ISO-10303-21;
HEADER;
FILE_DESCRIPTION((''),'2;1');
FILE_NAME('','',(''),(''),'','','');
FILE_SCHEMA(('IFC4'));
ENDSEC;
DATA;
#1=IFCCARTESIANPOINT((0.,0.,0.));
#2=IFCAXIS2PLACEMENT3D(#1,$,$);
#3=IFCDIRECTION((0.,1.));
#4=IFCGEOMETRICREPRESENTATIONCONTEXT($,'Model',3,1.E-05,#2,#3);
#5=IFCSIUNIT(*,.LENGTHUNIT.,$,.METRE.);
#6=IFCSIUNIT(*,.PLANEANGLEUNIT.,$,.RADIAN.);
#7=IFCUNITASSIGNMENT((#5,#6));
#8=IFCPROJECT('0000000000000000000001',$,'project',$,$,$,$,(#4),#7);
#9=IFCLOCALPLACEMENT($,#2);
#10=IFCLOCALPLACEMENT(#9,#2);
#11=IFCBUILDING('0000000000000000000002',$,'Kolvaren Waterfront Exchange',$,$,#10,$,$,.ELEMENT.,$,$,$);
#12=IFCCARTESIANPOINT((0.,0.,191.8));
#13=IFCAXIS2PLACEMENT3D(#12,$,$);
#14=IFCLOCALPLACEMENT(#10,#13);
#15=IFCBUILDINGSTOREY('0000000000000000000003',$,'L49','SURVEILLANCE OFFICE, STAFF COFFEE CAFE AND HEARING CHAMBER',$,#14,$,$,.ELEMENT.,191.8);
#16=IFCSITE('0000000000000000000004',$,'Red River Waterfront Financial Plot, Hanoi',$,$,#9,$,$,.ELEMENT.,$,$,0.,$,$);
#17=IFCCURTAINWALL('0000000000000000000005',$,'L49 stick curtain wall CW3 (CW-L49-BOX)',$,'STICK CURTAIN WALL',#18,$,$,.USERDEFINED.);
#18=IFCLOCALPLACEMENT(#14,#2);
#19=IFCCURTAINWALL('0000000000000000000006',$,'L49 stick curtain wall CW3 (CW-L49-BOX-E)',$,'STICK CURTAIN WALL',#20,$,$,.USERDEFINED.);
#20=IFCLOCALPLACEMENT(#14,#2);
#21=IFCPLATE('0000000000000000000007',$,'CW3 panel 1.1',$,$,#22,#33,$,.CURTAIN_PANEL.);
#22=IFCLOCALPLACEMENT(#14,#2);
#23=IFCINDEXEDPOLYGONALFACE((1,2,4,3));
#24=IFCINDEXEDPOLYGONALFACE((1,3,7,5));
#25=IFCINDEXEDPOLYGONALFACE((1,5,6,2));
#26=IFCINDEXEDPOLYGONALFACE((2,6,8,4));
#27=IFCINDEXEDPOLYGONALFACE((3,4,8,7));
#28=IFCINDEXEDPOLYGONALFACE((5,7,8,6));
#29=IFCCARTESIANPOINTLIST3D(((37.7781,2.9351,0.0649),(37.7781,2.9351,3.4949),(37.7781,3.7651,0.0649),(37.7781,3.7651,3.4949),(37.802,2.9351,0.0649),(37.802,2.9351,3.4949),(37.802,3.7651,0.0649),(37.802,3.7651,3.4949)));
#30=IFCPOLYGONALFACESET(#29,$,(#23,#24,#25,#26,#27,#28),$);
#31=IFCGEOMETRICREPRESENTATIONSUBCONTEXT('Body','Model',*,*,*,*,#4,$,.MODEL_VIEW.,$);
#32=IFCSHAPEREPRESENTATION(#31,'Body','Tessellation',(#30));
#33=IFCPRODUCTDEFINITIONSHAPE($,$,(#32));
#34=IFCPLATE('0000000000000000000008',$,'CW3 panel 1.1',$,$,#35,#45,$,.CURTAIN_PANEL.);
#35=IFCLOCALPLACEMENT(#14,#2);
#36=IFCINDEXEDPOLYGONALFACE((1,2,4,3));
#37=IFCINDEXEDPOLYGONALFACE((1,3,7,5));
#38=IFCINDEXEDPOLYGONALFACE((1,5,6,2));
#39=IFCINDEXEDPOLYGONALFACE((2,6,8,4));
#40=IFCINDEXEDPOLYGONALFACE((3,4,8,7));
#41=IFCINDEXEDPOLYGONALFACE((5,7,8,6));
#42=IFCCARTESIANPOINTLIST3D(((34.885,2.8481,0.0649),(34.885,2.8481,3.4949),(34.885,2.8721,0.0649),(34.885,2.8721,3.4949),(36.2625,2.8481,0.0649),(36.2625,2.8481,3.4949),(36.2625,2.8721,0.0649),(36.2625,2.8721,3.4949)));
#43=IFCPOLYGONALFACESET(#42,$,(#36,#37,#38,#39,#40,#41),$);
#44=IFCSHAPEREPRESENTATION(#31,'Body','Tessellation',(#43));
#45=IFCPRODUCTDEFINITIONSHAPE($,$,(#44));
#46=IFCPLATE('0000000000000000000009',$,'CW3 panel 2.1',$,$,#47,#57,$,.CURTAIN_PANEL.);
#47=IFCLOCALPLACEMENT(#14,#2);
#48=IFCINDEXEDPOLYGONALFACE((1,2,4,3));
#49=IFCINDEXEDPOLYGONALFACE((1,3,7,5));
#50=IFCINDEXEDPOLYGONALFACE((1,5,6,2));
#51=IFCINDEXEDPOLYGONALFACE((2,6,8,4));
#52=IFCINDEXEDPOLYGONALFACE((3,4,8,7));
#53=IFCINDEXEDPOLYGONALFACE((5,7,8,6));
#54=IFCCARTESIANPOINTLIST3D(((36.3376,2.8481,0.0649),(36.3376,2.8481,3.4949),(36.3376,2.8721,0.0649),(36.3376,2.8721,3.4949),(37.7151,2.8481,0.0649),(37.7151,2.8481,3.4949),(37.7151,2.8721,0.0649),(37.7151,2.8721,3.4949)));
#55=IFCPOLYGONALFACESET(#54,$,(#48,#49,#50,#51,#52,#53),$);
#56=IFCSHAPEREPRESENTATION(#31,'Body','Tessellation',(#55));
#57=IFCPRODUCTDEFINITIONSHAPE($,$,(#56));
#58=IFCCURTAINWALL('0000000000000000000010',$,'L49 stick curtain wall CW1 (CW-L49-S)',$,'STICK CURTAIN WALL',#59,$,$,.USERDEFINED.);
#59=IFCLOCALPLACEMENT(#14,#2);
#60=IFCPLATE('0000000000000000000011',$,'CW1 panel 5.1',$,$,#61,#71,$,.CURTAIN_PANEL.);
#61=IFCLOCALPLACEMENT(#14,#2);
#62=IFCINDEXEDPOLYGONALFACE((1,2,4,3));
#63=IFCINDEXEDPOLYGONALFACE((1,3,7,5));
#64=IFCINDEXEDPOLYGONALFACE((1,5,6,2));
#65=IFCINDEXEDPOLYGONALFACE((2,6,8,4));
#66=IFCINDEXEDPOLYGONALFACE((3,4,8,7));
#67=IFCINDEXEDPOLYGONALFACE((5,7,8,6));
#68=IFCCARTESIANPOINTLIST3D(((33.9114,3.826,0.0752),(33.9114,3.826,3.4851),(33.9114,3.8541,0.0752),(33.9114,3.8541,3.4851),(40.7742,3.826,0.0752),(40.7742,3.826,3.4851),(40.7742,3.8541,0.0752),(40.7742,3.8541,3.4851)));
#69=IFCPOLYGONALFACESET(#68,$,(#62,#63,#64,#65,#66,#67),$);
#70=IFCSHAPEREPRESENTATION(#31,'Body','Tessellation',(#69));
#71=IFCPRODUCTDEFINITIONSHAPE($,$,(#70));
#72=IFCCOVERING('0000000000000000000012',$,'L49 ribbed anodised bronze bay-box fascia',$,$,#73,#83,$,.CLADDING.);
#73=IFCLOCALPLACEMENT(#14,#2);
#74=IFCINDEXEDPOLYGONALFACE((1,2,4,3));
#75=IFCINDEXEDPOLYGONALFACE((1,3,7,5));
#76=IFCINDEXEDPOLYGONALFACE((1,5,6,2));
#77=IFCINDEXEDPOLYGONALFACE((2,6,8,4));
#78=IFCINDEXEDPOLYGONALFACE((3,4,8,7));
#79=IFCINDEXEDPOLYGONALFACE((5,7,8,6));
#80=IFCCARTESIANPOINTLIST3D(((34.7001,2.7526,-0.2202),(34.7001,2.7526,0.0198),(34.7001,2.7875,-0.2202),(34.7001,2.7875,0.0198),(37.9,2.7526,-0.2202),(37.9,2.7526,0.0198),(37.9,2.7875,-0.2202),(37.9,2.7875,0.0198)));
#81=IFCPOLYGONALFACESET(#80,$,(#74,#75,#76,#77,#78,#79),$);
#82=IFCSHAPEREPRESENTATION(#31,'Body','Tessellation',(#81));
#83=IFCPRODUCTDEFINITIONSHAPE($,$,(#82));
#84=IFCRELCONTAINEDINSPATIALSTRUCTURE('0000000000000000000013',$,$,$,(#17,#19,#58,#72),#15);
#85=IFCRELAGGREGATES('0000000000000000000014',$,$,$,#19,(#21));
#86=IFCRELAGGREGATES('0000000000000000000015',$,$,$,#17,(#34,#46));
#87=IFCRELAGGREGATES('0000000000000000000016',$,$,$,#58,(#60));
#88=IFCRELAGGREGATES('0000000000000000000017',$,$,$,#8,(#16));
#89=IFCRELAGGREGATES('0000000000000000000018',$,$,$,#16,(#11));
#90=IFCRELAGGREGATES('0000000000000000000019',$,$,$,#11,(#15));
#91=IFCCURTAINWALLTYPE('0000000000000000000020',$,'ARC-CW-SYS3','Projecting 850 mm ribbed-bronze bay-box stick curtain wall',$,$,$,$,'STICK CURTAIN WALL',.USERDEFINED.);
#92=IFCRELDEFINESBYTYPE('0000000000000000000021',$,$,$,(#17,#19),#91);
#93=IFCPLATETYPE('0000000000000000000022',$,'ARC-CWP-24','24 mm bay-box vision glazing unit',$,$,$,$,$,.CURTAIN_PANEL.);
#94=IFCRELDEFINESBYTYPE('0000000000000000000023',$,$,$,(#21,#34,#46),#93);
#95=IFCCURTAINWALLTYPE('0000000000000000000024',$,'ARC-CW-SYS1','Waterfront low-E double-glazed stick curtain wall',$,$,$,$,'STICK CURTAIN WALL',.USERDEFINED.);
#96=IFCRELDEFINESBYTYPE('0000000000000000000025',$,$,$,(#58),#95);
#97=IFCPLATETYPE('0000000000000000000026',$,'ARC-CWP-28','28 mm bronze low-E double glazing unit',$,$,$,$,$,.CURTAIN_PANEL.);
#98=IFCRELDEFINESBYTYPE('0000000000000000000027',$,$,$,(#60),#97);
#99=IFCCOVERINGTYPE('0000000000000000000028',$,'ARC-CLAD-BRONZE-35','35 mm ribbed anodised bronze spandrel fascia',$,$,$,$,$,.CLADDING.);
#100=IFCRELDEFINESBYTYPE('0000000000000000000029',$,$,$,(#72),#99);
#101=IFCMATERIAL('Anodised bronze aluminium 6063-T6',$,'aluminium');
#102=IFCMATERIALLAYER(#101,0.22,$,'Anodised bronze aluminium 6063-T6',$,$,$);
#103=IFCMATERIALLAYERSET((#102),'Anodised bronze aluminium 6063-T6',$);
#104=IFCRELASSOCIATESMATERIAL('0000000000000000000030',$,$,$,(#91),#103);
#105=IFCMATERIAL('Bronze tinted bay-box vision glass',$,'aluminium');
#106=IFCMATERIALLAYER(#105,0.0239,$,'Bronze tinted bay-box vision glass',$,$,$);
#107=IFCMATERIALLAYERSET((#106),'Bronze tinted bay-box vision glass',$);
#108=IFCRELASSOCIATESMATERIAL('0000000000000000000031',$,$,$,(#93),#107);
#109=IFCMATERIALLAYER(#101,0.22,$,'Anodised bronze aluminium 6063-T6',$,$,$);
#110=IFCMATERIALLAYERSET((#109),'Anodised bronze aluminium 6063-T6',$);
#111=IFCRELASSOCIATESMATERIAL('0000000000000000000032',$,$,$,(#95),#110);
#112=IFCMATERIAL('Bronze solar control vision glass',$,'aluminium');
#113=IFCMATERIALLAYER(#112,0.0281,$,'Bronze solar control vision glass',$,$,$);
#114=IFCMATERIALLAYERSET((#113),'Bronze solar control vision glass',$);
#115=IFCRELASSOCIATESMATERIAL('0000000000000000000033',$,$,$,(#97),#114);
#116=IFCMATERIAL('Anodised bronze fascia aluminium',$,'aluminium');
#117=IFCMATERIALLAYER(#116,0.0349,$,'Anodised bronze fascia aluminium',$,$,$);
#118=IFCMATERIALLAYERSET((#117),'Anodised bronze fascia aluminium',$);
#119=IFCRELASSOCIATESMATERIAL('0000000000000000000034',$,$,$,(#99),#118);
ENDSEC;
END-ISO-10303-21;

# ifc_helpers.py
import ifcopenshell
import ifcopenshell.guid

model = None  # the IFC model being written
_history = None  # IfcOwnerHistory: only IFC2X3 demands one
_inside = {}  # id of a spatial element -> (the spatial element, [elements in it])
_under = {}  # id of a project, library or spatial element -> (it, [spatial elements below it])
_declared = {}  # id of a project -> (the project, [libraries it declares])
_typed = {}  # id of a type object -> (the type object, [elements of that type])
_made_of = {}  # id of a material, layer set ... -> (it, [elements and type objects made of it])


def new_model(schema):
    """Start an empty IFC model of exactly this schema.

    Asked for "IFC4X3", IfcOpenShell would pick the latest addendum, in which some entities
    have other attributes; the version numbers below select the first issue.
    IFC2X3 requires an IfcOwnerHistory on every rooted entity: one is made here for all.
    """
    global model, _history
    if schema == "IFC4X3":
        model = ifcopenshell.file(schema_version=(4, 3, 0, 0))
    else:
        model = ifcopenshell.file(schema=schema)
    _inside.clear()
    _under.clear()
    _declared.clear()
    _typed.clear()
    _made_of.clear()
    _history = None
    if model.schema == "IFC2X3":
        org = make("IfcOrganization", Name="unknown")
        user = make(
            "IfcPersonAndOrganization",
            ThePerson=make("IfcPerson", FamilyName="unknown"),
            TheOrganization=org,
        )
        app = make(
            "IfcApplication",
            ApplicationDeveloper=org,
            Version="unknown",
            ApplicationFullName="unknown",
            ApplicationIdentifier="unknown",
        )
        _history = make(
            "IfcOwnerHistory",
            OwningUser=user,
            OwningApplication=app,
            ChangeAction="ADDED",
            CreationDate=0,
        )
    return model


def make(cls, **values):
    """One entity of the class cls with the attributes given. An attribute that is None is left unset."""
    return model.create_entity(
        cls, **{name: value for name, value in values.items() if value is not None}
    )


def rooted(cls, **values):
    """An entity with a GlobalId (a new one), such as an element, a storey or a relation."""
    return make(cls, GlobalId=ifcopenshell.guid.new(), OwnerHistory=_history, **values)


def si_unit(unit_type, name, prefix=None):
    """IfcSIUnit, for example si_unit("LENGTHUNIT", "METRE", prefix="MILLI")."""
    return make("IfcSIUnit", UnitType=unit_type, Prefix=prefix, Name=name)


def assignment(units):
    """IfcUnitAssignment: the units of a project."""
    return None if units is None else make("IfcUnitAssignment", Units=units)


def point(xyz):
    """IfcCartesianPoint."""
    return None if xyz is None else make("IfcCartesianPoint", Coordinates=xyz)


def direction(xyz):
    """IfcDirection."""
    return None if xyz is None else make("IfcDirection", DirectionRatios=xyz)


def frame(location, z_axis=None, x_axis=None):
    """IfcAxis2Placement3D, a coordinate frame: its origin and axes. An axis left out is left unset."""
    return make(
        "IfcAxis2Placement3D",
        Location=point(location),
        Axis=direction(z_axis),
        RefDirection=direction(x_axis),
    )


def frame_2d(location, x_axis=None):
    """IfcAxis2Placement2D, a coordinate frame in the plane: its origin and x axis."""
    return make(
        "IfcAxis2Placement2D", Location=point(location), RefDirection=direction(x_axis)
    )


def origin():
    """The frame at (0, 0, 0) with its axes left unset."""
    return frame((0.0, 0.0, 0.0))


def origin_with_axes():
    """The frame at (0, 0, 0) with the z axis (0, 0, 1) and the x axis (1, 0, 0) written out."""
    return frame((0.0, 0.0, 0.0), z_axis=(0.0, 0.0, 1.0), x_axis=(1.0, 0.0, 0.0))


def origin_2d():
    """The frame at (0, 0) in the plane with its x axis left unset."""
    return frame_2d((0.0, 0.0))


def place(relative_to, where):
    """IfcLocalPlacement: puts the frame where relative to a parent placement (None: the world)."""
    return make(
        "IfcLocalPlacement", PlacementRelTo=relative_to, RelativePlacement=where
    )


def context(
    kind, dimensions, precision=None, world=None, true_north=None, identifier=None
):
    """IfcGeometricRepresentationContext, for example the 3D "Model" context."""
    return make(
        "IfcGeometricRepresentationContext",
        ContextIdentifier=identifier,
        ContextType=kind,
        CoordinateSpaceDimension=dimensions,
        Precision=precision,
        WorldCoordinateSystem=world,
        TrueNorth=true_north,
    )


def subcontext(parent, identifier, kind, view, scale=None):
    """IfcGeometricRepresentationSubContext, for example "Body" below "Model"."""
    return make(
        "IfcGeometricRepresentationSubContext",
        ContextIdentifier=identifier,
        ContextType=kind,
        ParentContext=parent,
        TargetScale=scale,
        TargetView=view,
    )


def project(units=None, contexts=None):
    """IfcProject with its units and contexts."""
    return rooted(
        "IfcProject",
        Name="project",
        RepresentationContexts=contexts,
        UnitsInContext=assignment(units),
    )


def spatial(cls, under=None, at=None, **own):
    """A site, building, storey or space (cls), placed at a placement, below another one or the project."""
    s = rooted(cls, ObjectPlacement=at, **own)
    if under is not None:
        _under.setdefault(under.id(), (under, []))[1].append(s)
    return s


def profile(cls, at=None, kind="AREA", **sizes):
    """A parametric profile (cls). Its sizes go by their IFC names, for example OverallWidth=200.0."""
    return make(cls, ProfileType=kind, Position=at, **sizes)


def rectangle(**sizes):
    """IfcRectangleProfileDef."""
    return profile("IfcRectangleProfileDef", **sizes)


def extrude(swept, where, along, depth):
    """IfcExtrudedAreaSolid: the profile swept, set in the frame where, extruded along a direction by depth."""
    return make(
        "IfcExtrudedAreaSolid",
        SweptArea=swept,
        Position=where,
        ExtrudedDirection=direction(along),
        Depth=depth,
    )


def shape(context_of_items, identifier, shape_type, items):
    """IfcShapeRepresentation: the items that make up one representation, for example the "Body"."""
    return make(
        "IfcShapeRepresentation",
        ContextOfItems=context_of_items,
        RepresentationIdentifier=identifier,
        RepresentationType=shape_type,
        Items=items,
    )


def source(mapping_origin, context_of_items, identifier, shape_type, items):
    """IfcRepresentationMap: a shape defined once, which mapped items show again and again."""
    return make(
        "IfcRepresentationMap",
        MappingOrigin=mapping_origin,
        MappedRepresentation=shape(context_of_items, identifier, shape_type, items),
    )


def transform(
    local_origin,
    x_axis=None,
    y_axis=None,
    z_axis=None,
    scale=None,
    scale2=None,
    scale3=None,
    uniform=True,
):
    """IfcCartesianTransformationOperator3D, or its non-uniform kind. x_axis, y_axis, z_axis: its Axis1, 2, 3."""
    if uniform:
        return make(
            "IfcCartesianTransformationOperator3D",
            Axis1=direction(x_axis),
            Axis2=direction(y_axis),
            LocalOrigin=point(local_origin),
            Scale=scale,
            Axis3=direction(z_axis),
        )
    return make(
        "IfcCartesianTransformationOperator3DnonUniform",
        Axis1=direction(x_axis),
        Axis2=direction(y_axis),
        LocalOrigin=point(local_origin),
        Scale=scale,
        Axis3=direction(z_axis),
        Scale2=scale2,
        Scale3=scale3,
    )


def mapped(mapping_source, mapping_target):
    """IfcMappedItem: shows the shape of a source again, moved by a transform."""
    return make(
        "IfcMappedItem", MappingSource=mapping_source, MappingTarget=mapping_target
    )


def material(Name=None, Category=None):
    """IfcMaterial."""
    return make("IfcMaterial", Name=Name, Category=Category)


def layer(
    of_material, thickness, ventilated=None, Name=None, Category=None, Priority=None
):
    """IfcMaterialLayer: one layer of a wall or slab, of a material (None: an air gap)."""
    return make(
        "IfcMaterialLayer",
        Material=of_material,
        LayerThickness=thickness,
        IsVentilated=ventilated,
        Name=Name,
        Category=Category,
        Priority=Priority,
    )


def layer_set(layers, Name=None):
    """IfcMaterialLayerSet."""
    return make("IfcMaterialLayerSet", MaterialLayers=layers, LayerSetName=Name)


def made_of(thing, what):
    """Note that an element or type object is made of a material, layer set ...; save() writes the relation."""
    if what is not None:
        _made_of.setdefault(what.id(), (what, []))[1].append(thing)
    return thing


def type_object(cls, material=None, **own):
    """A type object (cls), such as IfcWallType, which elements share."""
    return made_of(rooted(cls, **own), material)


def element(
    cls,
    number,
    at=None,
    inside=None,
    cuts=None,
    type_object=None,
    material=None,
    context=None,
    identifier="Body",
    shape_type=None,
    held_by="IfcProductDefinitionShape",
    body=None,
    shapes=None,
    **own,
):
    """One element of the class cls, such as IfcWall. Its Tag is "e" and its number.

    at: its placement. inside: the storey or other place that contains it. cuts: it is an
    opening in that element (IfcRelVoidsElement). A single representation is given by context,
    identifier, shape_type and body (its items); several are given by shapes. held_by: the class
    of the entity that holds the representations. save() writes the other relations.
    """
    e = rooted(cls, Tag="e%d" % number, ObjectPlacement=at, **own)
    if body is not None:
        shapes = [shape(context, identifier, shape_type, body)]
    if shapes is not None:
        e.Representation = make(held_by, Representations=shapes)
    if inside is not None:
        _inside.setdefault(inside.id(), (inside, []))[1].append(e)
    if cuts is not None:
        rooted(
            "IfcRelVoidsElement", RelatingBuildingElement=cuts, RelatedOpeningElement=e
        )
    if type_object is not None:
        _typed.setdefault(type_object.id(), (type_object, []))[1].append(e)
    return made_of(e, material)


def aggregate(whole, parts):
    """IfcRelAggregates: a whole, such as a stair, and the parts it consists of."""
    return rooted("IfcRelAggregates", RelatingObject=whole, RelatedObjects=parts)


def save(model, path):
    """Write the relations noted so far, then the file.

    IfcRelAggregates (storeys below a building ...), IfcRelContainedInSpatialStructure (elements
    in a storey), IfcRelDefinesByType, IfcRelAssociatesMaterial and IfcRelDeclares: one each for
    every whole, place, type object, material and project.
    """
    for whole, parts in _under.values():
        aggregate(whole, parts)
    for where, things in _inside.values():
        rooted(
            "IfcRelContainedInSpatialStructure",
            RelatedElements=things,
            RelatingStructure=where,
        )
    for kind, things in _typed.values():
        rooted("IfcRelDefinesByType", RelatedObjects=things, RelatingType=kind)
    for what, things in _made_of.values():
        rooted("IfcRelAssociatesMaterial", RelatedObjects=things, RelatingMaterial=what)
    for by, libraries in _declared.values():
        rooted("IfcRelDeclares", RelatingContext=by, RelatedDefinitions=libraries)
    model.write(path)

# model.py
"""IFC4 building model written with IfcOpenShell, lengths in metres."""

from ifc_helpers import new_model, si_unit, direction, frame, origin, origin_with_axes, origin_2d, place, context, subcontext, project, spatial, rectangle, extrude, source, transform, mapped, material, layer, layer_set, type_object, element, aggregate, save


model = new_model("IFC4")

# Units and contexts
model_context = context("Model", 3, precision=1e-05, world=origin(), true_north=direction((0.0, 1.0)))
body_context = subcontext(model_context, "Body", "Model", "MODEL_VIEW")
ifc_project = project(units=[si_unit("LENGTHUNIT", "METRE"), si_unit("PLANEANGLEUNIT", "RADIAN")], contexts=[model_context])

# Site, building, storey
site_placement = place(None, origin())
site = spatial("IfcSite", under=ifc_project, at=site_placement, Name="Red River Waterfront Financial Plot, Hanoi", CompositionType="ELEMENT", RefElevation=0.0)
building_placement = place(site_placement, origin())
building = spatial("IfcBuilding", under=site, at=building_placement, Name="Kolvaren Waterfront Exchange", CompositionType="ELEMENT")
storey_placement = place(building_placement, frame((0.0, 0.0, 191.8)))
storey = spatial("IfcBuildingStorey", under=building, at=storey_placement, Name="L49", Description="SURVEILLANCE OFFICE, STAFF COFFEE CAFE AND HEARING CHAMBER", CompositionType="ELEMENT", Elevation=191.8)

# Curtain walls
ifc_material_1 = material(Name="Anodised bronze aluminium 6063-T6", Category="aluminium")
ifc_layer_1 = layer(ifc_material_1, 0.22, Name="Anodised bronze aluminium 6063-T6")
ifc_layer_set_1 = layer_set([ifc_layer_1], Name="Anodised bronze aluminium 6063-T6")
curtain_wall_type_1 = type_object("IfcCurtainWallType", Name="ARC-CW-SYS3", Description="Projecting 850 mm ribbed-bronze bay-box stick curtain wall", ElementType="STICK CURTAIN WALL", PredefinedType="USERDEFINED", material=ifc_layer_set_1)
curtain_wall_1_placement = place(storey_placement, origin())
curtain_wall_1 = element("IfcCurtainWall", 1, at=curtain_wall_1_placement, inside=storey, type_object=curtain_wall_type_1, Name="L49 stick curtain wall CW3 (CW-L49-BOX)", ObjectType="STICK CURTAIN WALL", PredefinedType="USERDEFINED")
curtain_wall_2_placement = place(storey_placement, origin())
curtain_wall_2 = element("IfcCurtainWall", 2, at=curtain_wall_2_placement, inside=storey, type_object=curtain_wall_type_1, Name="L49 stick curtain wall CW3 (CW-L49-BOX-E)", ObjectType="STICK CURTAIN WALL", PredefinedType="USERDEFINED")

# Plates
ifc_material_2 = material(Name="Bronze tinted bay-box vision glass", Category="aluminium")
ifc_layer_2 = layer(ifc_material_2, 0.0239, Name="Bronze tinted bay-box vision glass")
ifc_layer_set_2 = layer_set([ifc_layer_2], Name="Bronze tinted bay-box vision glass")
plate_type_1 = type_object("IfcPlateType", Name="ARC-CWP-24", Description="24 mm bay-box vision glazing unit", PredefinedType="CURTAIN_PANEL", material=ifc_layer_set_2)
shared_shape_1 = source(origin_with_axes(), body_context, "Body", "SweptSolid", [
    extrude(rectangle(XDim=0.8301, YDim=0.0239, at=origin_2d()), origin(), (0.0, 0.0, 1.0), 3.4299),
])
plate_1_placement = place(storey_placement, frame((37.79, 3.3501, 0.0649), z_axis=(0.0, 0.0, 1.0), x_axis=(0.0, 1.0, 0.0)))
plate_1 = element("IfcPlate", 3, at=plate_1_placement, type_object=plate_type_1, Name="CW3 panel 1.1", PredefinedType="CURTAIN_PANEL", context=body_context, shape_type="MappedRepresentation", body=[
    mapped(shared_shape_1, transform((0.0, 0.0, 0.0), x_axis=(1.0, 0.0, 0.0), y_axis=(0.0, 1.0, 0.0), z_axis=(0.0, 0.0, 1.0), scale=1.0)),
])
aggregate(curtain_wall_2, [plate_1])
shared_shape_2 = source(origin_with_axes(), body_context, "Body", "SweptSolid", [
    extrude(rectangle(XDim=1.3774, YDim=0.0239, at=origin_2d()), origin(), (0.0, 0.0, 1.0), 3.4299),
])
plate_2_placement = place(storey_placement, frame((35.5737, 2.8601, 0.0649), z_axis=(0.0, 0.0, 1.0), x_axis=(1.0, 0.0, 0.0)))
plate_2 = element("IfcPlate", 4, at=plate_2_placement, type_object=plate_type_1, Name="CW3 panel 1.1", PredefinedType="CURTAIN_PANEL", context=body_context, shape_type="MappedRepresentation", body=[
    mapped(shared_shape_2, transform((0.0, 0.0, 0.0), x_axis=(1.0, 0.0, 0.0), y_axis=(0.0, 1.0, 0.0), z_axis=(0.0, 0.0, 1.0), scale=1.0)),
])
plate_3_placement = place(storey_placement, frame((37.0264, 2.8601, 0.0649), z_axis=(0.0, 0.0, 1.0), x_axis=(1.0, 0.0, 0.0)))
plate_3 = element("IfcPlate", 5, at=plate_3_placement, type_object=plate_type_1, Name="CW3 panel 2.1", PredefinedType="CURTAIN_PANEL", context=body_context, shape_type="MappedRepresentation", body=[
    mapped(shared_shape_2, transform((0.0, 0.0, 0.0), x_axis=(1.0, 0.0, 0.0), y_axis=(0.0, 1.0, 0.0), z_axis=(0.0, 0.0, 1.0), scale=1.0)),
])
aggregate(curtain_wall_1, [plate_2, plate_3])

# Curtain wall, plate
ifc_layer_3 = layer(ifc_material_1, 0.22, Name="Anodised bronze aluminium 6063-T6")
ifc_layer_set_3 = layer_set([ifc_layer_3], Name="Anodised bronze aluminium 6063-T6")
curtain_wall_type_2 = type_object("IfcCurtainWallType", Name="ARC-CW-SYS1", Description="Waterfront low-E double-glazed stick curtain wall", ElementType="STICK CURTAIN WALL", PredefinedType="USERDEFINED", material=ifc_layer_set_3)
curtain_wall_3_placement = place(storey_placement, origin())
curtain_wall_3 = element("IfcCurtainWall", 6, at=curtain_wall_3_placement, inside=storey, type_object=curtain_wall_type_2, Name="L49 stick curtain wall CW1 (CW-L49-S)", ObjectType="STICK CURTAIN WALL", PredefinedType="USERDEFINED")
ifc_material_3 = material(Name="Bronze solar control vision glass", Category="aluminium")
ifc_layer_4 = layer(ifc_material_3, 0.0281, Name="Bronze solar control vision glass")
ifc_layer_set_4 = layer_set([ifc_layer_4], Name="Bronze solar control vision glass")
plate_type_2 = type_object("IfcPlateType", Name="ARC-CWP-28", Description="28 mm bronze low-E double glazing unit", PredefinedType="CURTAIN_PANEL", material=ifc_layer_set_4)
shared_shape_3 = source(origin_with_axes(), body_context, "Body", "SweptSolid", [
    extrude(rectangle(XDim=6.8628, YDim=0.0281, at=origin_2d()), origin(), (0.0, 0.0, 1.0), 3.4099),
])
plate_4_placement = place(storey_placement, frame((37.3428, 3.8401, 0.0752), z_axis=(0.0, 0.0, 1.0), x_axis=(1.0, 0.0, 0.0)))
plate_4 = element("IfcPlate", 7, at=plate_4_placement, type_object=plate_type_2, Name="CW1 panel 5.1", PredefinedType="CURTAIN_PANEL", context=body_context, shape_type="MappedRepresentation", body=[
    mapped(shared_shape_3, transform((0.0, 0.0, 0.0), x_axis=(1.0, 0.0, 0.0), y_axis=(0.0, 1.0, 0.0), z_axis=(0.0, 0.0, 1.0), scale=1.0)),
])
aggregate(curtain_wall_3, [plate_4])

# Covering
ifc_material_4 = material(Name="Anodised bronze fascia aluminium", Category="aluminium")
ifc_layer_5 = layer(ifc_material_4, 0.0349, Name="Anodised bronze fascia aluminium")
ifc_layer_set_5 = layer_set([ifc_layer_5], Name="Anodised bronze fascia aluminium")
covering_type = type_object("IfcCoveringType", Name="ARC-CLAD-BRONZE-35", Description="35 mm ribbed anodised bronze spandrel fascia", PredefinedType="CLADDING", material=ifc_layer_set_5)
covering_placement = place(storey_placement, frame((36.3, 2.77, -0.2202), z_axis=(0.0, 0.0, 1.0), x_axis=(1.0, 0.0, 0.0)))
element("IfcCovering", 8, at=covering_placement, inside=storey, type_object=covering_type, Name="L49 ribbed anodised bronze bay-box fascia", PredefinedType="CLADDING", context=body_context, shape_type="SweptSolid", body=[
    extrude(rectangle(XDim=3.2, YDim=0.0349, at=origin_2d()), origin(), (0.0, 0.0, 1.0), 0.24),
])

save(model, "model.ifc")
